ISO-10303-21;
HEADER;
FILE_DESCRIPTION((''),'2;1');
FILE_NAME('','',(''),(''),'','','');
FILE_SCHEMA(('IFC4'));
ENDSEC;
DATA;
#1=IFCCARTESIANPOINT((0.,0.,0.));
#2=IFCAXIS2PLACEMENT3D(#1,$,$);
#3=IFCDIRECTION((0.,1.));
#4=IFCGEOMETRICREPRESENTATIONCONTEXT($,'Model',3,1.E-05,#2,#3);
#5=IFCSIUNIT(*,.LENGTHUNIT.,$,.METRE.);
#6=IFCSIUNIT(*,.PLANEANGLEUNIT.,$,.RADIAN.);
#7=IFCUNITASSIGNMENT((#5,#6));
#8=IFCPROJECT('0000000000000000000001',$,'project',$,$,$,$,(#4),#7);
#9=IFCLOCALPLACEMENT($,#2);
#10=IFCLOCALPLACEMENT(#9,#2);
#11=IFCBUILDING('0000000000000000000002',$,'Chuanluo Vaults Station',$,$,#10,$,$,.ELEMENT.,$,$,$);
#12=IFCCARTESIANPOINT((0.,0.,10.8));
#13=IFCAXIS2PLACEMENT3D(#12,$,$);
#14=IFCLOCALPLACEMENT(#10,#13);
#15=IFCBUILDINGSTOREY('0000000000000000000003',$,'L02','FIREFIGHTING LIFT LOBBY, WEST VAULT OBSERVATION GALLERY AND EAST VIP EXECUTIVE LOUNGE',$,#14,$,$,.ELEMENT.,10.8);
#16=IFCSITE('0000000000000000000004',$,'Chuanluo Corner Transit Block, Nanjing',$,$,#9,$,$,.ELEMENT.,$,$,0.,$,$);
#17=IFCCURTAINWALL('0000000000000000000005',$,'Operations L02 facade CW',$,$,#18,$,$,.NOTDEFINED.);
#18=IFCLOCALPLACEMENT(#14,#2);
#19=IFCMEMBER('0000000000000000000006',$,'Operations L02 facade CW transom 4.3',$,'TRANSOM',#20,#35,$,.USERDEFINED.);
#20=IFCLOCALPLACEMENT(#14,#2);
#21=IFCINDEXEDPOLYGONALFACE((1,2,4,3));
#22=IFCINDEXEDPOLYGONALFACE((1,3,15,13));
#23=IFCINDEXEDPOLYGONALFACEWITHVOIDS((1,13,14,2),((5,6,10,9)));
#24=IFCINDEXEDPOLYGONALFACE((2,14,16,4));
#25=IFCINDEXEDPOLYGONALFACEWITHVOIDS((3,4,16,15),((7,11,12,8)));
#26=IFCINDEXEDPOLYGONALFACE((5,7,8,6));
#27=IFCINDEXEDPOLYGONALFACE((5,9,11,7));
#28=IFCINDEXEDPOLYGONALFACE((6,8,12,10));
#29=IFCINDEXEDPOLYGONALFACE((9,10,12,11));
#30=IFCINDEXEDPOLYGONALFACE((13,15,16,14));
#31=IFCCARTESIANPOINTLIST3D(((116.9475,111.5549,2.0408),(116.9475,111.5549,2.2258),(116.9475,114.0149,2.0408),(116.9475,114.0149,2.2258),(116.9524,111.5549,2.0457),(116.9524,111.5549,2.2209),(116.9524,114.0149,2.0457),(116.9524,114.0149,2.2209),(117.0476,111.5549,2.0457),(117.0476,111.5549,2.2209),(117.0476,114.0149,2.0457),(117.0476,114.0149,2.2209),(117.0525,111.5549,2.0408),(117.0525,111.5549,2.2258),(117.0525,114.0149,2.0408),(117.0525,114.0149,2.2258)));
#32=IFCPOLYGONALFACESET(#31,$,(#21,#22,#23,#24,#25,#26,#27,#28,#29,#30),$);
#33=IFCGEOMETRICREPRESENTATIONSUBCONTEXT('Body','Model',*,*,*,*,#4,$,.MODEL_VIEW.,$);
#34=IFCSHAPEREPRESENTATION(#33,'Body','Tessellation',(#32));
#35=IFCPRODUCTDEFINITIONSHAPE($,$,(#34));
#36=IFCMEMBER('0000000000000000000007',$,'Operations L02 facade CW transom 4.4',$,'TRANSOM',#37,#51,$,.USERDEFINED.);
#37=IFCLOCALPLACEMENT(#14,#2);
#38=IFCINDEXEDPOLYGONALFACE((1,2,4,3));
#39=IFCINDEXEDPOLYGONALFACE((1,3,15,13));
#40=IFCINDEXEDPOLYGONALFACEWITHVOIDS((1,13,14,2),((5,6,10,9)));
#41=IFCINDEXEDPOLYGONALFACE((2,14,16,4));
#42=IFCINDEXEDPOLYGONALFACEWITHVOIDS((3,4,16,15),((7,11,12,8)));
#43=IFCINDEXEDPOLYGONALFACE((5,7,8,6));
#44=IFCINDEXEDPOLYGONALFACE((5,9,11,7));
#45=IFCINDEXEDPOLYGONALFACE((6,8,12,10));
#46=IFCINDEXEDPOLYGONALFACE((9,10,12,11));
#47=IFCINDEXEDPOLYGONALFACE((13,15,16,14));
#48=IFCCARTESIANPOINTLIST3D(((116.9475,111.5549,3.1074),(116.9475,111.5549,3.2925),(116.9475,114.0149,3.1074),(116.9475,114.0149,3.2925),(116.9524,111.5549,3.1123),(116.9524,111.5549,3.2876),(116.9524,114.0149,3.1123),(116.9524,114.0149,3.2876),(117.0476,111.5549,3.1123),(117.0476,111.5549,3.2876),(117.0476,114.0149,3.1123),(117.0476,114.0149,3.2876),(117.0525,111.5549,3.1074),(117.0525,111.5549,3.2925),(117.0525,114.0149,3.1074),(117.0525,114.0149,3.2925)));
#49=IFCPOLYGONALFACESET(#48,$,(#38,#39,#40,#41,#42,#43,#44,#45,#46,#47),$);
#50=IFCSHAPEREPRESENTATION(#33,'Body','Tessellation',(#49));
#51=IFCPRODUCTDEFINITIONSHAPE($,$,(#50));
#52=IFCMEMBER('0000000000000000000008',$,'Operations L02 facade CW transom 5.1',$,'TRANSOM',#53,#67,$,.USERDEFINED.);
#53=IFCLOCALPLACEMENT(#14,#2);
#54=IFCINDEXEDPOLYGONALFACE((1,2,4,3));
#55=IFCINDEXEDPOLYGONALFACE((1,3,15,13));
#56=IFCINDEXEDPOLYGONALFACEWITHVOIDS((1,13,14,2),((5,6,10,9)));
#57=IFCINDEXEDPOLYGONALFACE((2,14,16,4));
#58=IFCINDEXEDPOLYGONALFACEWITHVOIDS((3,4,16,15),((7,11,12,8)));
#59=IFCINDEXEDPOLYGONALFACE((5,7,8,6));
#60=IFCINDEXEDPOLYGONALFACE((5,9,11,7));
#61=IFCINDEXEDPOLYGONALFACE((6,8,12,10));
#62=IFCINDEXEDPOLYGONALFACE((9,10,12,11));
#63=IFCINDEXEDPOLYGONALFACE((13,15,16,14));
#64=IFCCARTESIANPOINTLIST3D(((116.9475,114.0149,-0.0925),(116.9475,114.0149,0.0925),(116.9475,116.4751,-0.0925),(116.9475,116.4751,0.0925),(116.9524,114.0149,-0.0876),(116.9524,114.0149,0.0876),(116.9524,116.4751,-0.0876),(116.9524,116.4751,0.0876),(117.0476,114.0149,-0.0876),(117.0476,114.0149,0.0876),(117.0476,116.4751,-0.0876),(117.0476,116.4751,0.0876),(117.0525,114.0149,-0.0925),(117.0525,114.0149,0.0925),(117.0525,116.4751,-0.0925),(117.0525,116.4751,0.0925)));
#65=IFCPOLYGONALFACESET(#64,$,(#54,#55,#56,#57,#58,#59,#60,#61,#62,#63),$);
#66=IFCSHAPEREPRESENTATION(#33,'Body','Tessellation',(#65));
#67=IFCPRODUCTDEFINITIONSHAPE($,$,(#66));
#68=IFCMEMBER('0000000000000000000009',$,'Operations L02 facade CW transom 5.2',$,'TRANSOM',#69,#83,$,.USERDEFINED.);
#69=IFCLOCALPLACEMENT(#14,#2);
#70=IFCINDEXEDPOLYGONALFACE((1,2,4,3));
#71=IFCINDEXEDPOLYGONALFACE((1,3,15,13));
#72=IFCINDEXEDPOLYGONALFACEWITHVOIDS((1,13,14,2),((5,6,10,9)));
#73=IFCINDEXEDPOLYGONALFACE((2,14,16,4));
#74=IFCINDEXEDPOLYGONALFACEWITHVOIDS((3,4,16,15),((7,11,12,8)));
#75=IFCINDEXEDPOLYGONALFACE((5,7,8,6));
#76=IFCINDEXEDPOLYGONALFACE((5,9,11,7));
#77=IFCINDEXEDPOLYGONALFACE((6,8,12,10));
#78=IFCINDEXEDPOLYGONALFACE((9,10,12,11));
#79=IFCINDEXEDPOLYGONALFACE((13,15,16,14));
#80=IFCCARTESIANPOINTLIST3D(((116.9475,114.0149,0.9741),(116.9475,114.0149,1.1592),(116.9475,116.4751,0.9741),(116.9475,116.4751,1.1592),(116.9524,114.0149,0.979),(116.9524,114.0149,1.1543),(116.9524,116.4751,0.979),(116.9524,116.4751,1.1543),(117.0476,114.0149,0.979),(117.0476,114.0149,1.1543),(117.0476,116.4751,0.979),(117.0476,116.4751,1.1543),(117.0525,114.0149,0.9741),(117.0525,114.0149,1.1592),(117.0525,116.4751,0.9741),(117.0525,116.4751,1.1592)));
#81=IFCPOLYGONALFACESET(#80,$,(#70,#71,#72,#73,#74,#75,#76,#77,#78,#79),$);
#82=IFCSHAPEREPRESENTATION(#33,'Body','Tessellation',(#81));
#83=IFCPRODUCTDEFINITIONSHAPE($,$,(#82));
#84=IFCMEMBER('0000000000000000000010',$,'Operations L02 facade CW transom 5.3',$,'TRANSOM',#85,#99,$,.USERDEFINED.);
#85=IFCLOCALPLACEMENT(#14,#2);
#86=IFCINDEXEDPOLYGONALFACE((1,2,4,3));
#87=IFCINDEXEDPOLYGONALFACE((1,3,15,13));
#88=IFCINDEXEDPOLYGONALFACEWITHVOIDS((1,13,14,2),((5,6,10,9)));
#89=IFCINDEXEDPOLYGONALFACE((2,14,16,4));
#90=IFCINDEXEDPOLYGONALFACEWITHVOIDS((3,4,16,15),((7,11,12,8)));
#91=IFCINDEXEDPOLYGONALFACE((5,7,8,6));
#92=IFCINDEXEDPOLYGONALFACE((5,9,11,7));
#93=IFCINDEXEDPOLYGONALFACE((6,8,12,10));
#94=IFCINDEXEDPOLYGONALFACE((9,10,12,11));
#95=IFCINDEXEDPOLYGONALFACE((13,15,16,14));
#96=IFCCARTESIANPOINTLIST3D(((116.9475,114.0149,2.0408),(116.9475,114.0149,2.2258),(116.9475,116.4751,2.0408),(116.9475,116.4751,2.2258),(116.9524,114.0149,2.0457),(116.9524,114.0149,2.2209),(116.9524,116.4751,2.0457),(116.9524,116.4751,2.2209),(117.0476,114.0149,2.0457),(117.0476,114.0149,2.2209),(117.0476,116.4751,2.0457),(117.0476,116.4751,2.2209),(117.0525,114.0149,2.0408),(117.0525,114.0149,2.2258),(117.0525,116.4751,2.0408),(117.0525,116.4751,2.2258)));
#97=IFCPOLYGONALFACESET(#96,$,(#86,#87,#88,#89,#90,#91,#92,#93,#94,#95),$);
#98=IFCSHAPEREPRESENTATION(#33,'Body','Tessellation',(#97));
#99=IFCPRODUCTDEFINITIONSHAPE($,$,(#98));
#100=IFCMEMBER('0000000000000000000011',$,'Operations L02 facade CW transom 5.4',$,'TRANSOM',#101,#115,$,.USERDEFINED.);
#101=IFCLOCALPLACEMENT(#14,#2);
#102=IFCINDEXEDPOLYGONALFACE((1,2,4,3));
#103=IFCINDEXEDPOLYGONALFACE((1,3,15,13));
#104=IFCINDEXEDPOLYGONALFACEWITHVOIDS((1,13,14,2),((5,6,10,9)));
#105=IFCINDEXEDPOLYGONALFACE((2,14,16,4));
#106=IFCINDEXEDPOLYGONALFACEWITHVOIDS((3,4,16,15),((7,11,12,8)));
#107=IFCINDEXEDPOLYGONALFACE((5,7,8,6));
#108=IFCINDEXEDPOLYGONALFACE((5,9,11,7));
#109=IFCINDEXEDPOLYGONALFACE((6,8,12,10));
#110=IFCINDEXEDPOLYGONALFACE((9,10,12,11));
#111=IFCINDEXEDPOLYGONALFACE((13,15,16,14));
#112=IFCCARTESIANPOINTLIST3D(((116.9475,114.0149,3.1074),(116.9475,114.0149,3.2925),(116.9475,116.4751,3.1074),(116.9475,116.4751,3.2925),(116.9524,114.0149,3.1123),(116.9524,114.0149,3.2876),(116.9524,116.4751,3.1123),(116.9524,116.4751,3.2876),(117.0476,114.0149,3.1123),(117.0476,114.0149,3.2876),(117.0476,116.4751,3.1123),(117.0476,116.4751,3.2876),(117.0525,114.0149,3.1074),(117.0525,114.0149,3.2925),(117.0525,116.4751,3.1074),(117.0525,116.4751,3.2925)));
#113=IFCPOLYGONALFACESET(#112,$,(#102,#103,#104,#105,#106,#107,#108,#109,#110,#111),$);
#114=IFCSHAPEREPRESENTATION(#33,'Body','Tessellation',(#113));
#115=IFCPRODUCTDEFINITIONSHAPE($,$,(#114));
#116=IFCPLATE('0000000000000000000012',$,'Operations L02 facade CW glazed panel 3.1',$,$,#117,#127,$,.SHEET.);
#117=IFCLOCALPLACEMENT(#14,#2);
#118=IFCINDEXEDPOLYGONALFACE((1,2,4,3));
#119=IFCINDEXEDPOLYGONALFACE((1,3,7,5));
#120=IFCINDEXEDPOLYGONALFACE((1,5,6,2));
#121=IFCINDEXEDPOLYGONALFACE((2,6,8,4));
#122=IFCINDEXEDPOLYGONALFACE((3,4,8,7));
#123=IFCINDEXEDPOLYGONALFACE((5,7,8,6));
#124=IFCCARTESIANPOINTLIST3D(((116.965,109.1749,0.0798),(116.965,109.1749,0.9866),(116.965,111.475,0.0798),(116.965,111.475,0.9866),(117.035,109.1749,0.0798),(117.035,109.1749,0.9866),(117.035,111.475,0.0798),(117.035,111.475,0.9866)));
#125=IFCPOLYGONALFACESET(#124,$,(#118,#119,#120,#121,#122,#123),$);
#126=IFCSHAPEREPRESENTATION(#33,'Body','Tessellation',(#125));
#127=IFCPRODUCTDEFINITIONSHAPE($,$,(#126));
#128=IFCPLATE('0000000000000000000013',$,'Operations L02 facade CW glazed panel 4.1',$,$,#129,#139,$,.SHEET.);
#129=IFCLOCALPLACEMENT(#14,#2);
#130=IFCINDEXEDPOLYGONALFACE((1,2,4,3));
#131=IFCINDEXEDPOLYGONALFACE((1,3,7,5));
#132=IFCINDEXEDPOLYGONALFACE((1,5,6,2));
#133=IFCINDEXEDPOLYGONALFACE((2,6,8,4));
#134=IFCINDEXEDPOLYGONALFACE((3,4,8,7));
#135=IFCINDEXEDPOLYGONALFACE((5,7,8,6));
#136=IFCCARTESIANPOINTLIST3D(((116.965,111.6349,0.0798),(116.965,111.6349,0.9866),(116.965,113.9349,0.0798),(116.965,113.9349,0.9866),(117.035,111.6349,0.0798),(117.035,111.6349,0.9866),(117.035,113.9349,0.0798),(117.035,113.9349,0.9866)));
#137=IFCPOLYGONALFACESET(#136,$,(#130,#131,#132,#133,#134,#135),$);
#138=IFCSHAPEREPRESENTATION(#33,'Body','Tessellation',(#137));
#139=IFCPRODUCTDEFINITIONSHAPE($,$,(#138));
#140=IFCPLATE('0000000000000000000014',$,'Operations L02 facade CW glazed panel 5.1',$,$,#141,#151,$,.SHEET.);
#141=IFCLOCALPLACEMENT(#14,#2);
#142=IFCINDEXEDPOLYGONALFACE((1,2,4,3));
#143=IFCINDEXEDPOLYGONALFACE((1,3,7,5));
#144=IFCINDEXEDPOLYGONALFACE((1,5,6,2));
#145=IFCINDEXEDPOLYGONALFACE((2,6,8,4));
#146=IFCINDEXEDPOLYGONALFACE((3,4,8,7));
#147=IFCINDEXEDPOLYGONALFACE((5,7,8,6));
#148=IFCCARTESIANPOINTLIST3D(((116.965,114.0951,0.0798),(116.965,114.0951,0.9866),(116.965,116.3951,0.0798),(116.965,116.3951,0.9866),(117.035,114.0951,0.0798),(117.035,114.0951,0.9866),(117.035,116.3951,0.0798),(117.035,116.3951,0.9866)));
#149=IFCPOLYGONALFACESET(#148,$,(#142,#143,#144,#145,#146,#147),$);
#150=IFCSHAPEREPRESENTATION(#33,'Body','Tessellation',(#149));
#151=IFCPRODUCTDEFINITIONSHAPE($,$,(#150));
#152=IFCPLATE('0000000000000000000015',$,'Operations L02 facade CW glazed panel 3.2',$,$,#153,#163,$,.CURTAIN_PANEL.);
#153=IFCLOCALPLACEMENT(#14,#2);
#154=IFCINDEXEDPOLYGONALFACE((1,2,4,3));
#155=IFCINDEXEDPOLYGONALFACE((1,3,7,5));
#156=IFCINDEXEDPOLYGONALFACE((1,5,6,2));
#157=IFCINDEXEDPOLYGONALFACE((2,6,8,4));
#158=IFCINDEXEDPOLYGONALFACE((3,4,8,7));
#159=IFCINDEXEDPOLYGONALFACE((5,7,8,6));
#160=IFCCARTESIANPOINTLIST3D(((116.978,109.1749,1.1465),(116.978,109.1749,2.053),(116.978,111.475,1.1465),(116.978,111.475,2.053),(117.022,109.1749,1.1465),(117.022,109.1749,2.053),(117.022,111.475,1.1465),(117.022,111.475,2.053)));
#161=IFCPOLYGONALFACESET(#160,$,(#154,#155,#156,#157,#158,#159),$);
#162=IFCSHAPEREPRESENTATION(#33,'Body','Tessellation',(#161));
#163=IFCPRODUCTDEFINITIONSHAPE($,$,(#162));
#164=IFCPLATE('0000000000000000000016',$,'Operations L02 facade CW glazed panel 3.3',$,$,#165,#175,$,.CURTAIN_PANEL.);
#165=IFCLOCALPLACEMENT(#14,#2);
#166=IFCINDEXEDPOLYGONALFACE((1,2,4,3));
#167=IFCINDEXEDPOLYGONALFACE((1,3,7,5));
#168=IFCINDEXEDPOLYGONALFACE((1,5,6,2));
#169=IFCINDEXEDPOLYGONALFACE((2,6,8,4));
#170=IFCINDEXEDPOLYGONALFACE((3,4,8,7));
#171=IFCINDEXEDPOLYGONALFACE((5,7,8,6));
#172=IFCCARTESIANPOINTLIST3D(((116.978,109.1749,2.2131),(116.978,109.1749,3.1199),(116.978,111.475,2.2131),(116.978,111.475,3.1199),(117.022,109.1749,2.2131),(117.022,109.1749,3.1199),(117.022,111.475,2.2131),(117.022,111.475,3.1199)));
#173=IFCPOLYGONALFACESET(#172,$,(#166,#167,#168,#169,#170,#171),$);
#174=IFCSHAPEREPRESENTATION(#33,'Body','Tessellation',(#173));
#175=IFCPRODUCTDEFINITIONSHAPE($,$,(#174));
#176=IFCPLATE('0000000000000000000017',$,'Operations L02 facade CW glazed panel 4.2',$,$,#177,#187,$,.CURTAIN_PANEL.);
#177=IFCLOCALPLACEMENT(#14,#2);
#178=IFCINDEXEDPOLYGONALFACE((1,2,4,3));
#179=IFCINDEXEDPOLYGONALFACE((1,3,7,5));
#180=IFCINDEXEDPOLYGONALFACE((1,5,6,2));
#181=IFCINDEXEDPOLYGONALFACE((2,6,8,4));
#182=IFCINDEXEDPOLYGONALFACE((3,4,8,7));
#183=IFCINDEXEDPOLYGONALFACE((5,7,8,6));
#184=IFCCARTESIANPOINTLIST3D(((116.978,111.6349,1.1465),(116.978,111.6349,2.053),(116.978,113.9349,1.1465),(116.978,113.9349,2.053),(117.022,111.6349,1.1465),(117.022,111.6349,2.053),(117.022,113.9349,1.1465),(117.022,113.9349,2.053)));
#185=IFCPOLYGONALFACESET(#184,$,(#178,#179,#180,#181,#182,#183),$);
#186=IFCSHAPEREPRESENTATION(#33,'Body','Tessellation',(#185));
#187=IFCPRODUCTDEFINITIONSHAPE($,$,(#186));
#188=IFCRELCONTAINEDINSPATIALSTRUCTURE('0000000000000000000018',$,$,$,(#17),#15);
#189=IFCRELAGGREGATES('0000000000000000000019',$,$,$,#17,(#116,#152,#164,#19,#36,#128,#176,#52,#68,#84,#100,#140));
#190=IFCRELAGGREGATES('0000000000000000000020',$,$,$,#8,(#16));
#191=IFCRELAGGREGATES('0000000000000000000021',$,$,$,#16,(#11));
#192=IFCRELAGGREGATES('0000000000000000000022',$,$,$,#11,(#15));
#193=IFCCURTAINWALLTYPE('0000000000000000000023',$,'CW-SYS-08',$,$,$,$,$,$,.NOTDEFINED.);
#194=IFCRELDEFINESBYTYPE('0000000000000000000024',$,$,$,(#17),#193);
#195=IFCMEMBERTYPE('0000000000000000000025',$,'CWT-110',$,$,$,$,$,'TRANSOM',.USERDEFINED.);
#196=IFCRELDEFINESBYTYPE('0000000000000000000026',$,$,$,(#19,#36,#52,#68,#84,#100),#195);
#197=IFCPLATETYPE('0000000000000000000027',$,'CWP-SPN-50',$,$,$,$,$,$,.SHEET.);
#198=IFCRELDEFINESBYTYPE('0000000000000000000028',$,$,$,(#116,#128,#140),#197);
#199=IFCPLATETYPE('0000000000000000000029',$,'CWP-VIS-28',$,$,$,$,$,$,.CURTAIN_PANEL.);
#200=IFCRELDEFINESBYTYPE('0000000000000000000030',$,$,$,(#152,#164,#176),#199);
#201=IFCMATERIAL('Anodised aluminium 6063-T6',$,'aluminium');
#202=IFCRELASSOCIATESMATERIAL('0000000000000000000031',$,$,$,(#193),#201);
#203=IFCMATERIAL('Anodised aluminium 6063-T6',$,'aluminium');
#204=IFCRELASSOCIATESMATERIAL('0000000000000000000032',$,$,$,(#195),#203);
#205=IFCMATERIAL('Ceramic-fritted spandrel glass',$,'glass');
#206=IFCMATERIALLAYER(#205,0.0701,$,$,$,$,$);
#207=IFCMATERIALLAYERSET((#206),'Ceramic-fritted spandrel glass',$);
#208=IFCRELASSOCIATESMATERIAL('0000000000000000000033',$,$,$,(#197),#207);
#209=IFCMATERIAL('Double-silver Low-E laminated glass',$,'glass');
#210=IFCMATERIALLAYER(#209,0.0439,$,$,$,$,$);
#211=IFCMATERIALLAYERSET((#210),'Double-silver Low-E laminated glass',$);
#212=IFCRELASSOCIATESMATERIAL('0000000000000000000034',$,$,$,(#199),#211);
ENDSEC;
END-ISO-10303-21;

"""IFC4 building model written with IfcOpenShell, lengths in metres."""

from ifc_helpers import new_model, si_unit, direction, frame, origin, origin_2d, place, context, subcontext, project, spatial, rectangle, hollow_rectangle, extrude, material, layer, layer_set, material_profile, profile_set, type_object, element, aggregate, save


model = new_model("IFC4")

# Units and contexts
model_context = context("Model", 3, precision=1e-05, world=origin(), true_north=direction((0.0, 1.0)))
body_context = subcontext(model_context, "Body", "Model", "MODEL_VIEW")
ifc_project = project(units=[si_unit("LENGTHUNIT", "METRE"), si_unit("PLANEANGLEUNIT", "RADIAN")], contexts=[model_context])

# Site, building, storey
site_placement = place(None, origin())
site = spatial("IfcSite", under=ifc_project, at=site_placement, Name="Chuanluo Corner Transit Block, Nanjing", CompositionType="ELEMENT", RefElevation=0.0)
building_placement = place(site_placement, origin())
building = spatial("IfcBuilding", under=site, at=building_placement, Name="Chuanluo Vaults Station", CompositionType="ELEMENT")
storey_placement = place(building_placement, frame((0.0, 0.0, 10.8)))
storey = spatial("IfcBuildingStorey", under=building, at=storey_placement, Name="L02", Description="FIREFIGHTING LIFT LOBBY, WEST VAULT OBSERVATION GALLERY AND EAST VIP EXECUTIVE LOUNGE", CompositionType="ELEMENT", Elevation=10.8)

# Curtain wall, members, plates
ifc_material_1 = material(Name="Anodised aluminium 6063-T6", Category="aluminium")
curtain_wall_type = type_object("IfcCurtainWallType", Name="CW-SYS-08", PredefinedType="NOTDEFINED", material=ifc_material_1)
curtain_wall_placement = place(storey_placement, origin())
curtain_wall = element("IfcCurtainWall", 1, at=curtain_wall_placement, inside=storey, type_object=curtain_wall_type, Name="Operations L02 facade CW", PredefinedType="NOTDEFINED")
ifc_material_2 = material(Name="Anodised aluminium 6063-T6", Category="aluminium")
ifc_material_profile_1 = material_profile(ifc_material_2, hollow_rectangle(XDim=0.105, YDim=0.1851, WallThickness=0.0049, at=origin_2d()))
ifc_profile_set_1 = profile_set([ifc_material_profile_1], Name="Anodised aluminium 6063-T6")
member_type_1 = type_object("IfcMemberType", Name="CWT-110", ElementType="TRANSOM", PredefinedType="USERDEFINED", material=ifc_profile_set_1)
member_1_placement = place(storey_placement, frame((117.0, 111.5549, 2.1333), z_axis=(0.0, 1.0, 0.0), x_axis=(-1.0, 0.0, 0.0)))
member_1 = element("IfcMember", 2, at=member_1_placement, type_object=member_type_1, Name="Operations L02 facade CW transom 4.3", ObjectType="TRANSOM", PredefinedType="USERDEFINED", context=body_context, shape_type="SweptSolid", body=[
    extrude(hollow_rectangle(XDim=0.105, YDim=0.1851, WallThickness=0.0049, at=origin_2d()), origin(), (0.0, 0.0, 1.0), 2.46),
])
member_2_placement = place(storey_placement, frame((117.0, 111.5549, 3.2), z_axis=(0.0, 1.0, 0.0), x_axis=(-1.0, 0.0, 0.0)))
member_2 = element("IfcMember", 3, at=member_2_placement, type_object=member_type_1, Name="Operations L02 facade CW transom 4.4", ObjectType="TRANSOM", PredefinedType="USERDEFINED", context=body_context, shape_type="SweptSolid", body=[
    extrude(hollow_rectangle(XDim=0.105, YDim=0.1851, WallThickness=0.0049, at=origin_2d()), origin(), (0.0, 0.0, 1.0), 2.46),
])
member_3_placement = place(storey_placement, frame((117.0, 114.0149, 0.0), z_axis=(0.0, 1.0, 0.0), x_axis=(-1.0, 0.0, 0.0)))
member_3 = element("IfcMember", 4, at=member_3_placement, type_object=member_type_1, Name="Operations L02 facade CW transom 5.1", ObjectType="TRANSOM", PredefinedType="USERDEFINED", context=body_context, shape_type="SweptSolid", body=[
    extrude(hollow_rectangle(XDim=0.105, YDim=0.1851, WallThickness=0.0049, at=origin_2d()), origin(), (0.0, 0.0, 1.0), 2.4602),
])
member_4_placement = place(storey_placement, frame((117.0, 114.0149, 1.0667), z_axis=(0.0, 1.0, 0.0), x_axis=(-1.0, 0.0, 0.0)))
member_4 = element("IfcMember", 5, at=member_4_placement, type_object=member_type_1, Name="Operations L02 facade CW transom 5.2", ObjectType="TRANSOM", PredefinedType="USERDEFINED", context=body_context, shape_type="SweptSolid", body=[
    extrude(hollow_rectangle(XDim=0.105, YDim=0.1851, WallThickness=0.0049, at=origin_2d()), origin(), (0.0, 0.0, 1.0), 2.4602),
])
member_5_placement = place(storey_placement, frame((117.0, 114.0149, 2.1333), z_axis=(0.0, 1.0, 0.0), x_axis=(-1.0, 0.0, 0.0)))
member_5 = element("IfcMember", 6, at=member_5_placement, type_object=member_type_1, Name="Operations L02 facade CW transom 5.3", ObjectType="TRANSOM", PredefinedType="USERDEFINED", context=body_context, shape_type="SweptSolid", body=[
    extrude(hollow_rectangle(XDim=0.105, YDim=0.1851, WallThickness=0.0049, at=origin_2d()), origin(), (0.0, 0.0, 1.0), 2.4602),
])
member_6_placement = place(storey_placement, frame((117.0, 114.0149, 3.2), z_axis=(0.0, 1.0, 0.0), x_axis=(-1.0, 0.0, 0.0)))
member_6 = element("IfcMember", 7, at=member_6_placement, type_object=member_type_1, Name="Operations L02 facade CW transom 5.4", ObjectType="TRANSOM", PredefinedType="USERDEFINED", context=body_context, shape_type="SweptSolid", body=[
    extrude(hollow_rectangle(XDim=0.105, YDim=0.1851, WallThickness=0.0049, at=origin_2d()), origin(), (0.0, 0.0, 1.0), 2.4602),
])
ifc_material_3 = material(Name="Ceramic-fritted spandrel glass", Category="glass")
ifc_layer_1 = layer(ifc_material_3, 0.0701)
ifc_layer_set_1 = layer_set([ifc_layer_1], Name="Ceramic-fritted spandrel glass")
plate_type_1 = type_object("IfcPlateType", Name="CWP-SPN-50", PredefinedType="SHEET", material=ifc_layer_set_1)
plate_1_placement = place(storey_placement, frame((117.0, 110.325, 0.0798), z_axis=(0.0, 0.0, 1.0), x_axis=(0.0, 1.0, 0.0)))
plate_1 = element("IfcPlate", 8, at=plate_1_placement, type_object=plate_type_1, Name="Operations L02 facade CW glazed panel 3.1", PredefinedType="SHEET", context=body_context, shape_type="SweptSolid", body=[
    extrude(rectangle(XDim=2.3, YDim=0.0701, at=origin_2d()), origin(), (0.0, 0.0, 1.0), 0.9067),
])
plate_2_placement = place(storey_placement, frame((117.0, 112.7849, 0.0798), z_axis=(0.0, 0.0, 1.0), x_axis=(0.0, 1.0, 0.0)))
plate_2 = element("IfcPlate", 9, at=plate_2_placement, type_object=plate_type_1, Name="Operations L02 facade CW glazed panel 4.1", PredefinedType="SHEET", context=body_context, shape_type="SweptSolid", body=[
    extrude(rectangle(XDim=2.3, YDim=0.0701, at=origin_2d()), origin(), (0.0, 0.0, 1.0), 0.9067),
])
plate_3_placement = place(storey_placement, frame((117.0, 115.2451, 0.0798), z_axis=(0.0, 0.0, 1.0), x_axis=(0.0, 1.0, 0.0)))
plate_3 = element("IfcPlate", 10, at=plate_3_placement, type_object=plate_type_1, Name="Operations L02 facade CW glazed panel 5.1", PredefinedType="SHEET", context=body_context, shape_type="SweptSolid", body=[
    extrude(rectangle(XDim=2.3, YDim=0.0701, at=origin_2d()), origin(), (0.0, 0.0, 1.0), 0.9067),
])
ifc_material_4 = material(Name="Double-silver Low-E laminated glass", Category="glass")
ifc_layer_2 = layer(ifc_material_4, 0.0439)
ifc_layer_set_2 = layer_set([ifc_layer_2], Name="Double-silver Low-E laminated glass")
plate_type_2 = type_object("IfcPlateType", Name="CWP-VIS-28", PredefinedType="CURTAIN_PANEL", material=ifc_layer_set_2)
plate_4_placement = place(storey_placement, frame((117.0, 110.325, 1.1465), z_axis=(0.0, 0.0, 1.0), x_axis=(0.0, 1.0, 0.0)))
plate_4 = element("IfcPlate", 11, at=plate_4_placement, type_object=plate_type_2, Name="Operations L02 facade CW glazed panel 3.2", PredefinedType="CURTAIN_PANEL", context=body_context, shape_type="SweptSolid", body=[
    extrude(rectangle(XDim=2.3, YDim=0.0439, at=origin_2d()), origin(), (0.0, 0.0, 1.0), 0.9065),
])
plate_5_placement = place(storey_placement, frame((117.0, 110.325, 2.2131), z_axis=(0.0, 0.0, 1.0), x_axis=(0.0, 1.0, 0.0)))
plate_5 = element("IfcPlate", 12, at=plate_5_placement, type_object=plate_type_2, Name="Operations L02 facade CW glazed panel 3.3", PredefinedType="CURTAIN_PANEL", context=body_context, shape_type="SweptSolid", body=[
    extrude(rectangle(XDim=2.3, YDim=0.0439, at=origin_2d()), origin(), (0.0, 0.0, 1.0), 0.9067),
])
plate_6_placement = place(storey_placement, frame((117.0, 112.7849, 1.1465), z_axis=(0.0, 0.0, 1.0), x_axis=(0.0, 1.0, 0.0)))
plate_6 = element("IfcPlate", 13, at=plate_6_placement, type_object=plate_type_2, Name="Operations L02 facade CW glazed panel 4.2", PredefinedType="CURTAIN_PANEL", context=body_context, shape_type="SweptSolid", body=[
    extrude(rectangle(XDim=2.3, YDim=0.0439, at=origin_2d()), origin(), (0.0, 0.0, 1.0), 0.9065),
])
aggregate(curtain_wall, [plate_1, plate_4, plate_5, member_1, member_2, plate_2, plate_6, member_3, member_4, member_5, member_6, plate_3])

save(model, "model.ifc")
